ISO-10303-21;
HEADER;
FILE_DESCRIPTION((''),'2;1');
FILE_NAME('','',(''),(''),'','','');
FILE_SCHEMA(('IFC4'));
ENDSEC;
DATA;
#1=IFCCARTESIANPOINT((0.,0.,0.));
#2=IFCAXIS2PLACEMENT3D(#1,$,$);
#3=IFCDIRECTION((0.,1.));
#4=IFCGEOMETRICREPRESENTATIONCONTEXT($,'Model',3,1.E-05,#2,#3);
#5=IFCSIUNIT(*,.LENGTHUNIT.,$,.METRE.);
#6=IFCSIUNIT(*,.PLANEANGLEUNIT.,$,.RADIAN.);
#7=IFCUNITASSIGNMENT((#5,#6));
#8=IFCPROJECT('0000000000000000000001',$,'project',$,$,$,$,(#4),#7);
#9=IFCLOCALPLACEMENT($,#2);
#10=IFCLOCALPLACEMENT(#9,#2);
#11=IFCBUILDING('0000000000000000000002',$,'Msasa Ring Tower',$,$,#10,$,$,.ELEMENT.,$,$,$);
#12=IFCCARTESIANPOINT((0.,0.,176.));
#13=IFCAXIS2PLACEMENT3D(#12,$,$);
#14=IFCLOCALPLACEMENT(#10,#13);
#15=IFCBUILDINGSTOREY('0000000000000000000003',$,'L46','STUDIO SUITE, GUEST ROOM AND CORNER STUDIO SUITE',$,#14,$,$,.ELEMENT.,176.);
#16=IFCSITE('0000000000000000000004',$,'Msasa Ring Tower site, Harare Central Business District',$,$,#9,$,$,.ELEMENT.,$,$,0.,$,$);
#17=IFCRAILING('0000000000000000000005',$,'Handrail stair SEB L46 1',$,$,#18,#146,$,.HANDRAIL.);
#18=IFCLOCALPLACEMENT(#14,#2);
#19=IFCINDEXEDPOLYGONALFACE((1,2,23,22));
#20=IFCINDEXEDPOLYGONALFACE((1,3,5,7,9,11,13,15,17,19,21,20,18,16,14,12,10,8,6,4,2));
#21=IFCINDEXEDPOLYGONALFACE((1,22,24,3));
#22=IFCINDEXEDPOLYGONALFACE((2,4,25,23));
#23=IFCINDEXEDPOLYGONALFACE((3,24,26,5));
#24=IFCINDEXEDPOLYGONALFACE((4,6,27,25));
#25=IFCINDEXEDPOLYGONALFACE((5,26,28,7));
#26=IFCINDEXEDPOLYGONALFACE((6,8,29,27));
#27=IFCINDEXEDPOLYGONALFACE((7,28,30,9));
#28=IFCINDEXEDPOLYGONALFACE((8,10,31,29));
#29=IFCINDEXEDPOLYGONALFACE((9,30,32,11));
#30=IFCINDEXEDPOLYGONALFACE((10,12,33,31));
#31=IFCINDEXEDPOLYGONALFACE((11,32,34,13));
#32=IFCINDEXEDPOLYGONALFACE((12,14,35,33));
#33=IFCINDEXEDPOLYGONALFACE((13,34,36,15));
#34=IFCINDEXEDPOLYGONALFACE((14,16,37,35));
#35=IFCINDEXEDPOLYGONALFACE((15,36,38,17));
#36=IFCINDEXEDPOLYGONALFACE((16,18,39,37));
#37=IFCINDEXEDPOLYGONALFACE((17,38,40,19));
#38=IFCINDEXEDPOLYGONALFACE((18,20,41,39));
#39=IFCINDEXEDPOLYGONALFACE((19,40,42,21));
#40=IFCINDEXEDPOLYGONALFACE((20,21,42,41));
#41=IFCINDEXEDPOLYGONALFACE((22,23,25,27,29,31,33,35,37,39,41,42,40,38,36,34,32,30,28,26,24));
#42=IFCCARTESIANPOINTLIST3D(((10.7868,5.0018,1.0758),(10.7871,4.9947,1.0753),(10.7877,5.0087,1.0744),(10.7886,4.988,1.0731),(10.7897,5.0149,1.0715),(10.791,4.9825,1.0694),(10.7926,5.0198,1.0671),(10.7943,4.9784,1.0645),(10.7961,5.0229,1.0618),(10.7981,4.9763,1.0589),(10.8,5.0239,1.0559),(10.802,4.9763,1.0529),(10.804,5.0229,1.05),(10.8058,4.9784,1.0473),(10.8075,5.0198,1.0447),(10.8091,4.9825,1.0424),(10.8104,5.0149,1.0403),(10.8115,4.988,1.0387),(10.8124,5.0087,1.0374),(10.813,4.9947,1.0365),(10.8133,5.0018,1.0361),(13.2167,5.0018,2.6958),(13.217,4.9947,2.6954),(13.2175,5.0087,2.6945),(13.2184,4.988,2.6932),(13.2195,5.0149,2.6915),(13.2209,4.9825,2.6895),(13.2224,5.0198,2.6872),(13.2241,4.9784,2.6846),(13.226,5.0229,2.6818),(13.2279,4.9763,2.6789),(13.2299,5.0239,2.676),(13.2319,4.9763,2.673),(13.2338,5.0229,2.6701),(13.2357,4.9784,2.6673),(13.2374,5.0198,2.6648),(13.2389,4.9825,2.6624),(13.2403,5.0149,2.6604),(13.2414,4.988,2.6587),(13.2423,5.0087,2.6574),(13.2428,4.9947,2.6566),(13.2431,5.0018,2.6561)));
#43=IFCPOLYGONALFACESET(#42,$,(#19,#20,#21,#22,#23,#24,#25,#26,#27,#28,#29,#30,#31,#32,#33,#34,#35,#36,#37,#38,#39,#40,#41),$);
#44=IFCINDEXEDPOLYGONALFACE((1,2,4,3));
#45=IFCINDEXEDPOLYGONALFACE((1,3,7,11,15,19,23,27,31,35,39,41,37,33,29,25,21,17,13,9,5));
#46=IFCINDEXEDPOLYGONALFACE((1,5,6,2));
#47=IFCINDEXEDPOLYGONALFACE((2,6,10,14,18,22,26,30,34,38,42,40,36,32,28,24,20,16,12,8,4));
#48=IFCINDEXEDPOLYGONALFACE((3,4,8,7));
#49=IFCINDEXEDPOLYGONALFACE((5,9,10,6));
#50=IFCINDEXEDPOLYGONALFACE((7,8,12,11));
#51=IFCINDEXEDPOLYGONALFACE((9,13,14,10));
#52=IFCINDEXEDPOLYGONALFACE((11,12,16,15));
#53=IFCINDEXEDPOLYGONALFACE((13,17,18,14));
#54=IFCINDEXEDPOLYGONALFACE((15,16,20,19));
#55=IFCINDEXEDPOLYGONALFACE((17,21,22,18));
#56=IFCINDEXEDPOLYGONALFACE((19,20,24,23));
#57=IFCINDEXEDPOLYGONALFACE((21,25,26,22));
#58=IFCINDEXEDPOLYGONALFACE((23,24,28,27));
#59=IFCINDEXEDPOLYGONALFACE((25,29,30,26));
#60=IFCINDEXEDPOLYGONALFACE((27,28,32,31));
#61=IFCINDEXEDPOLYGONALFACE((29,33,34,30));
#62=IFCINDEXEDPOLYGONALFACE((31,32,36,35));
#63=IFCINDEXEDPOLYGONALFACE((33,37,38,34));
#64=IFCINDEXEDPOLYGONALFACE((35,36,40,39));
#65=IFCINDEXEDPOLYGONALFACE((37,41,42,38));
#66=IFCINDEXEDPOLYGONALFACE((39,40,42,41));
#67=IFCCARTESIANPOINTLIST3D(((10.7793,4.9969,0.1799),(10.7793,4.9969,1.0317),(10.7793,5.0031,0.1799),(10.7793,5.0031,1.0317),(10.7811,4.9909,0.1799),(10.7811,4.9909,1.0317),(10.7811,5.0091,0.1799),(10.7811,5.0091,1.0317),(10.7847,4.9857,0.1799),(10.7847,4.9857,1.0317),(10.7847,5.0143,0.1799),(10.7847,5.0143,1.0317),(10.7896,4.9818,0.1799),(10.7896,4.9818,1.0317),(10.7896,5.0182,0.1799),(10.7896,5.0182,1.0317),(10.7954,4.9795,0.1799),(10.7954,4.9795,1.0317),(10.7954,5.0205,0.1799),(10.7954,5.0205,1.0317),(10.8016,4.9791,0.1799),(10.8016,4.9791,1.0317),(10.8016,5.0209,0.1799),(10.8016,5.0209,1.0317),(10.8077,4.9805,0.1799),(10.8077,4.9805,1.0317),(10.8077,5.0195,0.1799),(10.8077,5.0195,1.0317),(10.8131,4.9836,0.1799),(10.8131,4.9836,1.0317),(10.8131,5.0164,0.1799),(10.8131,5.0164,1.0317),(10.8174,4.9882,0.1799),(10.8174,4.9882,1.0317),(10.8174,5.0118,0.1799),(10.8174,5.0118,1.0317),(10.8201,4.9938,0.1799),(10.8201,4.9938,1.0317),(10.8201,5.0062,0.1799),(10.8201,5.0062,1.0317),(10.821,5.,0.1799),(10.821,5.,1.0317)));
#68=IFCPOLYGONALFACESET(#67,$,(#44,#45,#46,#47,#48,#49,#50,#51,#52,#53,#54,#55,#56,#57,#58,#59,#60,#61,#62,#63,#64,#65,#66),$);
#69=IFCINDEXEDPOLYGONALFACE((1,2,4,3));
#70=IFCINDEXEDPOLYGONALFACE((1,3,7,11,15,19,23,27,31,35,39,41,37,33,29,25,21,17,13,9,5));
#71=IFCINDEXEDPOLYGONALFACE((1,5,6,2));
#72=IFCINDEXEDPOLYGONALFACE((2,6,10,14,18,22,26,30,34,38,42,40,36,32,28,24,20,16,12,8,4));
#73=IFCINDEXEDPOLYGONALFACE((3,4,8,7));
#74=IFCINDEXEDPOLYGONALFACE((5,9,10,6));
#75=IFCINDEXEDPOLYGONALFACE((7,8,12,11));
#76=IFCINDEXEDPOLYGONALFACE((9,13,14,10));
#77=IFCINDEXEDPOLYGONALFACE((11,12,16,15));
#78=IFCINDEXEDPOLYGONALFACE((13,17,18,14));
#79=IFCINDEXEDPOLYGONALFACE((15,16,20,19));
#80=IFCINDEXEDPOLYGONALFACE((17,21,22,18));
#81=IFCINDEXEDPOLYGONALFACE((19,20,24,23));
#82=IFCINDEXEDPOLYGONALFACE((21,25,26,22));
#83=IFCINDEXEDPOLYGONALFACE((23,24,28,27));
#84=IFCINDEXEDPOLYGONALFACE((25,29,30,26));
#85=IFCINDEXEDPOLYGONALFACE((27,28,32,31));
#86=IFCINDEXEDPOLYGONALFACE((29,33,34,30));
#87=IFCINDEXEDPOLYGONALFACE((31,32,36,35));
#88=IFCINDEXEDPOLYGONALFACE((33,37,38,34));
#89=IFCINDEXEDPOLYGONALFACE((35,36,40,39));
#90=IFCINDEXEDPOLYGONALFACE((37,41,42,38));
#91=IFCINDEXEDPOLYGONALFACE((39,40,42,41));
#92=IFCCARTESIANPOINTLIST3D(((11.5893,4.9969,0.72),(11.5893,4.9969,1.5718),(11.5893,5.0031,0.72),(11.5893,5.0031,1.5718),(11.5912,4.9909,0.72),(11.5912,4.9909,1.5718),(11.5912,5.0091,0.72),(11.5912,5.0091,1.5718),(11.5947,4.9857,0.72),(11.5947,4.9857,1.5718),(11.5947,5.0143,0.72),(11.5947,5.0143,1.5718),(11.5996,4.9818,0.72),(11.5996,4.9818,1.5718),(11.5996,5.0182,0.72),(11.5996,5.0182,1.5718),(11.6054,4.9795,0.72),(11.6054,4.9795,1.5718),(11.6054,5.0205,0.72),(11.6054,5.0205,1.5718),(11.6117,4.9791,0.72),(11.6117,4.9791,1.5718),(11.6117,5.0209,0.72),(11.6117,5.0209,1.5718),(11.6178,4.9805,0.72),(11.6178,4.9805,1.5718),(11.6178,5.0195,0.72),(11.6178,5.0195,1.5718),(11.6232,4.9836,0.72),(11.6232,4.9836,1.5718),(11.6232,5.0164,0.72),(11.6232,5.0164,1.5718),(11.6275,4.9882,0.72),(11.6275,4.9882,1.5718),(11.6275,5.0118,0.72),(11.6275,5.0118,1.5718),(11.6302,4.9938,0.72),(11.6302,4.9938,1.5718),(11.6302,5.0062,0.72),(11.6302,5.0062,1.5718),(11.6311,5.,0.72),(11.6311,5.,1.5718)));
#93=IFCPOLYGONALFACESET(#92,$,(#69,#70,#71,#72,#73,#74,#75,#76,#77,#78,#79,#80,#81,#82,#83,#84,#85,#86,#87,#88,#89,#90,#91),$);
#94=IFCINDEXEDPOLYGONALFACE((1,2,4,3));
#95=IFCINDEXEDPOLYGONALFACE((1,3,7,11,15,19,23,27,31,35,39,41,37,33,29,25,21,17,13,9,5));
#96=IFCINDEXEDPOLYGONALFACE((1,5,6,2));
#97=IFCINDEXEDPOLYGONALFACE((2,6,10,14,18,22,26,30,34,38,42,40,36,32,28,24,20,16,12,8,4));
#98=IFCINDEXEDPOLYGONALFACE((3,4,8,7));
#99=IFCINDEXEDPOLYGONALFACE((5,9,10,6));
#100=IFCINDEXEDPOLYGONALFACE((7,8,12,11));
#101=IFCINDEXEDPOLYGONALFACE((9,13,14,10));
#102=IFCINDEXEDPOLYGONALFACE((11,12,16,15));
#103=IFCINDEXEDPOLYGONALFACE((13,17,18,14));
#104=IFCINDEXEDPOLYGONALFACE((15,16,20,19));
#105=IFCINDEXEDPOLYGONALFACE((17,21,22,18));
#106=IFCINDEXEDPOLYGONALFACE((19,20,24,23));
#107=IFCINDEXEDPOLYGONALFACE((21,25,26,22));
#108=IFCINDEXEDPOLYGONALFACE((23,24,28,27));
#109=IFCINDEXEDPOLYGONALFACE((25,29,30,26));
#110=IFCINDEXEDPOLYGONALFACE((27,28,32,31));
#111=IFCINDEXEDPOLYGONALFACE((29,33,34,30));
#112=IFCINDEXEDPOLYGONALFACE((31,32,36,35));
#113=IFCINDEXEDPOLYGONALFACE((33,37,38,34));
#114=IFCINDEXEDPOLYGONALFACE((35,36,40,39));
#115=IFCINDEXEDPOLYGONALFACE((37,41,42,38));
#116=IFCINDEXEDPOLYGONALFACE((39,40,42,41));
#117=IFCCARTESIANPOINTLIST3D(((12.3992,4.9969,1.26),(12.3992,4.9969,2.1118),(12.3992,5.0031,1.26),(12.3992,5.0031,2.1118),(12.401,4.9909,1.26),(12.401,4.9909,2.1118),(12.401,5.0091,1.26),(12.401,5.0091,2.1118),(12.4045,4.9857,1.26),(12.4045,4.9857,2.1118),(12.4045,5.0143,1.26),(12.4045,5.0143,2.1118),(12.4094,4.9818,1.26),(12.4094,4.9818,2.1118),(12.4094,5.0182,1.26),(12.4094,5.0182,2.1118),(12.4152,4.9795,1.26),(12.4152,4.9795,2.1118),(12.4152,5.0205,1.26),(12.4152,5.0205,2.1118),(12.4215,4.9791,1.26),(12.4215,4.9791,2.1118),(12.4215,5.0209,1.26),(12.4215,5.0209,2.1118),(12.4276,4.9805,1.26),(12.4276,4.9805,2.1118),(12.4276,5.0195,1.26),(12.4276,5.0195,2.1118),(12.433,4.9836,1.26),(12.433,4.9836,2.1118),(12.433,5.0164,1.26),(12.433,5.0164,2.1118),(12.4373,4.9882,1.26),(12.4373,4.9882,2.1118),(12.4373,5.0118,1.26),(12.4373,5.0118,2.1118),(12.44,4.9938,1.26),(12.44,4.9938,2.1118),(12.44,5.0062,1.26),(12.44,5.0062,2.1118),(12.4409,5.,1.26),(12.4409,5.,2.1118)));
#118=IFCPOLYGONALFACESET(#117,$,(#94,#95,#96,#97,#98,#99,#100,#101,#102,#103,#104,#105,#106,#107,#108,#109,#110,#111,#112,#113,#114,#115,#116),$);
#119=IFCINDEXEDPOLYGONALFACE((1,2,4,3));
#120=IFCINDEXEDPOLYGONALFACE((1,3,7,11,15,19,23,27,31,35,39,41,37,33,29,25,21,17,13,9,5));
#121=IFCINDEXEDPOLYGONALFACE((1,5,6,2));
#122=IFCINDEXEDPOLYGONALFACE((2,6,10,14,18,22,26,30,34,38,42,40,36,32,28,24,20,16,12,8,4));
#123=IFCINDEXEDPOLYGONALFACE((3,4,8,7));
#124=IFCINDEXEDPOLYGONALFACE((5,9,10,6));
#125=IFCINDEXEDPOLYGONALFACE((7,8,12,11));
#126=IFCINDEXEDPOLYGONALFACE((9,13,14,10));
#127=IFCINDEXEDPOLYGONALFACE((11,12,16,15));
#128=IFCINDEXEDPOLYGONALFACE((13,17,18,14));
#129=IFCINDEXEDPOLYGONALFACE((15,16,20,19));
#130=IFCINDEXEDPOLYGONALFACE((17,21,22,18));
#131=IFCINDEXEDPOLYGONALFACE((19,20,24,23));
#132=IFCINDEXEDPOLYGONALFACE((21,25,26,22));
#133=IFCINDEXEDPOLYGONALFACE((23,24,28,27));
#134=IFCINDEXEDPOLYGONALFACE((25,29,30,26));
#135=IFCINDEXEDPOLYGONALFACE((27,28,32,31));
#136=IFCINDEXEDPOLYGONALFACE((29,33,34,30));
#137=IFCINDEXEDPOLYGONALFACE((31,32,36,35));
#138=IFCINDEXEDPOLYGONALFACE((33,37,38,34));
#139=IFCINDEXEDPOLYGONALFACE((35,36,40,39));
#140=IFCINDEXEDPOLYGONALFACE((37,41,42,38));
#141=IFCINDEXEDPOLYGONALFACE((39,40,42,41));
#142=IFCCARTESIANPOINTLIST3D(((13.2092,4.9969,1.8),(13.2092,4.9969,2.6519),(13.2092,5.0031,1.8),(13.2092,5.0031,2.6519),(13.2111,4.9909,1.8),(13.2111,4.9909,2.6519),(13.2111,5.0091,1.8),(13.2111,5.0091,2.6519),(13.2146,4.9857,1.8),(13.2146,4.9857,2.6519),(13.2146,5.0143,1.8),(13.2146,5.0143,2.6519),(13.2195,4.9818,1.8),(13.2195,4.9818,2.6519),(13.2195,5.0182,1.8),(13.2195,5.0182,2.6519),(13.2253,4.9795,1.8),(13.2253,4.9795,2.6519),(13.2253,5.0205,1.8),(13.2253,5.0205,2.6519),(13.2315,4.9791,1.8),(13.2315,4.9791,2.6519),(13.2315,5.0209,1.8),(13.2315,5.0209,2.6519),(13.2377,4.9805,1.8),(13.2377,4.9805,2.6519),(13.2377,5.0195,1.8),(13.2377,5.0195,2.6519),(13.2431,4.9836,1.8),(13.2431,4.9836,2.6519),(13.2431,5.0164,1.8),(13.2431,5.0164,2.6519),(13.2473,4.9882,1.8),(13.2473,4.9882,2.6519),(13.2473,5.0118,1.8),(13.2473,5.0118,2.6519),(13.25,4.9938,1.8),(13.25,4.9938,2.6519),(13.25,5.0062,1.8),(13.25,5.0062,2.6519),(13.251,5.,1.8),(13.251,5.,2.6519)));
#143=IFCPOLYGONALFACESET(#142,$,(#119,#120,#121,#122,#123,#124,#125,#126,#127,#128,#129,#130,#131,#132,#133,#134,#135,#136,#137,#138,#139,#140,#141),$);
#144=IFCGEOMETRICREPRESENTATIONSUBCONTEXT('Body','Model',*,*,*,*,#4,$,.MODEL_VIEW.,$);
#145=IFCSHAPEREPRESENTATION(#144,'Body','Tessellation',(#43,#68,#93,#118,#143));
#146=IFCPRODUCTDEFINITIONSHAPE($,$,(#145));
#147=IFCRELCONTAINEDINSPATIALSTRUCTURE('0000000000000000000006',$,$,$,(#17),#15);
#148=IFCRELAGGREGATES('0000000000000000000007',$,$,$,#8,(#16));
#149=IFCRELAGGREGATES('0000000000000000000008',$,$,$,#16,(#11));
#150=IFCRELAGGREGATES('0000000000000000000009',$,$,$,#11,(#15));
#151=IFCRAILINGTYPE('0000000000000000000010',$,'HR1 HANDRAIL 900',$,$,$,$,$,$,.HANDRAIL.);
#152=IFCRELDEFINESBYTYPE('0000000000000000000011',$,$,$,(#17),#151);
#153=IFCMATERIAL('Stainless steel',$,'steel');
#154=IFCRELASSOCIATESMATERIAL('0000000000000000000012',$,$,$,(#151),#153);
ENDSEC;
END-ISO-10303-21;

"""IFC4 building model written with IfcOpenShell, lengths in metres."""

from ifc_helpers import new_model, si_unit, direction, frame, origin, origin_2d, place, context, subcontext, project, spatial, circle, extrude, material, type_object, element, save


model = new_model("IFC4")

# Units and contexts
model_context = context("Model", 3, precision=1e-05, world=origin(), true_north=direction((0.0, 1.0)))
body_context = subcontext(model_context, "Body", "Model", "MODEL_VIEW")
ifc_project = project(units=[si_unit("LENGTHUNIT", "METRE"), si_unit("PLANEANGLEUNIT", "RADIAN")], contexts=[model_context])

# Site, building, storey
site_placement = place(None, origin())
site = spatial("IfcSite", under=ifc_project, at=site_placement, Name="Msasa Ring Tower site, Harare Central Business District", CompositionType="ELEMENT", RefElevation=0.0)
building_placement = place(site_placement, origin())
building = spatial("IfcBuilding", under=site, at=building_placement, Name="Msasa Ring Tower", CompositionType="ELEMENT")
storey_placement = place(building_placement, frame((0.0, 0.0, 176.0)))
storey = spatial("IfcBuildingStorey", under=building, at=storey_placement, Name="L46", Description="STUDIO SUITE, GUEST ROOM AND CORNER STUDIO SUITE", CompositionType="ELEMENT", Elevation=176.0)

# Railing
ifc_material_1 = material(Name="Stainless steel", Category="steel")
railing_type = type_object("IfcRailingType", Name="HR1 HANDRAIL 900", PredefinedType="HANDRAIL", material=ifc_material_1)
for number, where, name in (
    (1, (10.8, 5.0, 0.1799), "Handrail stair SEB L46 1"),
):
    element("IfcRailing", number, at=place(storey_placement, frame(where)), inside=storey, type_object=railing_type, Name=name, PredefinedType="HANDRAIL", context=body_context, shape_type="SweptSolid", body=[
        extrude(circle(Radius=0.0239, at=origin_2d()), frame((0.0, 0.0, 0.876), z_axis=(0.832025, 0.0, 0.554739), x_axis=(0.0, 1.0, 0.0)), (0.0, 0.0, 1.0), 2.9204),
        extrude(circle(Radius=0.021, at=origin_2d()), origin(), (0.0, 0.0, 1.0), 0.8518),
        extrude(circle(Radius=0.021, at=origin_2d()), frame((0.8101, 0.0, 0.54)), (0.0, 0.0, 1.0), 0.8518),
        extrude(circle(Radius=0.021, at=origin_2d()), frame((1.6199, 0.0, 1.0801)), (0.0, 0.0, 1.0), 0.8518),
        extrude(circle(Radius=0.021, at=origin_2d()), frame((2.4299, 0.0, 1.6201)), (0.0, 0.0, 1.0), 0.8518),
    ])

save(model, "model.ifc")
